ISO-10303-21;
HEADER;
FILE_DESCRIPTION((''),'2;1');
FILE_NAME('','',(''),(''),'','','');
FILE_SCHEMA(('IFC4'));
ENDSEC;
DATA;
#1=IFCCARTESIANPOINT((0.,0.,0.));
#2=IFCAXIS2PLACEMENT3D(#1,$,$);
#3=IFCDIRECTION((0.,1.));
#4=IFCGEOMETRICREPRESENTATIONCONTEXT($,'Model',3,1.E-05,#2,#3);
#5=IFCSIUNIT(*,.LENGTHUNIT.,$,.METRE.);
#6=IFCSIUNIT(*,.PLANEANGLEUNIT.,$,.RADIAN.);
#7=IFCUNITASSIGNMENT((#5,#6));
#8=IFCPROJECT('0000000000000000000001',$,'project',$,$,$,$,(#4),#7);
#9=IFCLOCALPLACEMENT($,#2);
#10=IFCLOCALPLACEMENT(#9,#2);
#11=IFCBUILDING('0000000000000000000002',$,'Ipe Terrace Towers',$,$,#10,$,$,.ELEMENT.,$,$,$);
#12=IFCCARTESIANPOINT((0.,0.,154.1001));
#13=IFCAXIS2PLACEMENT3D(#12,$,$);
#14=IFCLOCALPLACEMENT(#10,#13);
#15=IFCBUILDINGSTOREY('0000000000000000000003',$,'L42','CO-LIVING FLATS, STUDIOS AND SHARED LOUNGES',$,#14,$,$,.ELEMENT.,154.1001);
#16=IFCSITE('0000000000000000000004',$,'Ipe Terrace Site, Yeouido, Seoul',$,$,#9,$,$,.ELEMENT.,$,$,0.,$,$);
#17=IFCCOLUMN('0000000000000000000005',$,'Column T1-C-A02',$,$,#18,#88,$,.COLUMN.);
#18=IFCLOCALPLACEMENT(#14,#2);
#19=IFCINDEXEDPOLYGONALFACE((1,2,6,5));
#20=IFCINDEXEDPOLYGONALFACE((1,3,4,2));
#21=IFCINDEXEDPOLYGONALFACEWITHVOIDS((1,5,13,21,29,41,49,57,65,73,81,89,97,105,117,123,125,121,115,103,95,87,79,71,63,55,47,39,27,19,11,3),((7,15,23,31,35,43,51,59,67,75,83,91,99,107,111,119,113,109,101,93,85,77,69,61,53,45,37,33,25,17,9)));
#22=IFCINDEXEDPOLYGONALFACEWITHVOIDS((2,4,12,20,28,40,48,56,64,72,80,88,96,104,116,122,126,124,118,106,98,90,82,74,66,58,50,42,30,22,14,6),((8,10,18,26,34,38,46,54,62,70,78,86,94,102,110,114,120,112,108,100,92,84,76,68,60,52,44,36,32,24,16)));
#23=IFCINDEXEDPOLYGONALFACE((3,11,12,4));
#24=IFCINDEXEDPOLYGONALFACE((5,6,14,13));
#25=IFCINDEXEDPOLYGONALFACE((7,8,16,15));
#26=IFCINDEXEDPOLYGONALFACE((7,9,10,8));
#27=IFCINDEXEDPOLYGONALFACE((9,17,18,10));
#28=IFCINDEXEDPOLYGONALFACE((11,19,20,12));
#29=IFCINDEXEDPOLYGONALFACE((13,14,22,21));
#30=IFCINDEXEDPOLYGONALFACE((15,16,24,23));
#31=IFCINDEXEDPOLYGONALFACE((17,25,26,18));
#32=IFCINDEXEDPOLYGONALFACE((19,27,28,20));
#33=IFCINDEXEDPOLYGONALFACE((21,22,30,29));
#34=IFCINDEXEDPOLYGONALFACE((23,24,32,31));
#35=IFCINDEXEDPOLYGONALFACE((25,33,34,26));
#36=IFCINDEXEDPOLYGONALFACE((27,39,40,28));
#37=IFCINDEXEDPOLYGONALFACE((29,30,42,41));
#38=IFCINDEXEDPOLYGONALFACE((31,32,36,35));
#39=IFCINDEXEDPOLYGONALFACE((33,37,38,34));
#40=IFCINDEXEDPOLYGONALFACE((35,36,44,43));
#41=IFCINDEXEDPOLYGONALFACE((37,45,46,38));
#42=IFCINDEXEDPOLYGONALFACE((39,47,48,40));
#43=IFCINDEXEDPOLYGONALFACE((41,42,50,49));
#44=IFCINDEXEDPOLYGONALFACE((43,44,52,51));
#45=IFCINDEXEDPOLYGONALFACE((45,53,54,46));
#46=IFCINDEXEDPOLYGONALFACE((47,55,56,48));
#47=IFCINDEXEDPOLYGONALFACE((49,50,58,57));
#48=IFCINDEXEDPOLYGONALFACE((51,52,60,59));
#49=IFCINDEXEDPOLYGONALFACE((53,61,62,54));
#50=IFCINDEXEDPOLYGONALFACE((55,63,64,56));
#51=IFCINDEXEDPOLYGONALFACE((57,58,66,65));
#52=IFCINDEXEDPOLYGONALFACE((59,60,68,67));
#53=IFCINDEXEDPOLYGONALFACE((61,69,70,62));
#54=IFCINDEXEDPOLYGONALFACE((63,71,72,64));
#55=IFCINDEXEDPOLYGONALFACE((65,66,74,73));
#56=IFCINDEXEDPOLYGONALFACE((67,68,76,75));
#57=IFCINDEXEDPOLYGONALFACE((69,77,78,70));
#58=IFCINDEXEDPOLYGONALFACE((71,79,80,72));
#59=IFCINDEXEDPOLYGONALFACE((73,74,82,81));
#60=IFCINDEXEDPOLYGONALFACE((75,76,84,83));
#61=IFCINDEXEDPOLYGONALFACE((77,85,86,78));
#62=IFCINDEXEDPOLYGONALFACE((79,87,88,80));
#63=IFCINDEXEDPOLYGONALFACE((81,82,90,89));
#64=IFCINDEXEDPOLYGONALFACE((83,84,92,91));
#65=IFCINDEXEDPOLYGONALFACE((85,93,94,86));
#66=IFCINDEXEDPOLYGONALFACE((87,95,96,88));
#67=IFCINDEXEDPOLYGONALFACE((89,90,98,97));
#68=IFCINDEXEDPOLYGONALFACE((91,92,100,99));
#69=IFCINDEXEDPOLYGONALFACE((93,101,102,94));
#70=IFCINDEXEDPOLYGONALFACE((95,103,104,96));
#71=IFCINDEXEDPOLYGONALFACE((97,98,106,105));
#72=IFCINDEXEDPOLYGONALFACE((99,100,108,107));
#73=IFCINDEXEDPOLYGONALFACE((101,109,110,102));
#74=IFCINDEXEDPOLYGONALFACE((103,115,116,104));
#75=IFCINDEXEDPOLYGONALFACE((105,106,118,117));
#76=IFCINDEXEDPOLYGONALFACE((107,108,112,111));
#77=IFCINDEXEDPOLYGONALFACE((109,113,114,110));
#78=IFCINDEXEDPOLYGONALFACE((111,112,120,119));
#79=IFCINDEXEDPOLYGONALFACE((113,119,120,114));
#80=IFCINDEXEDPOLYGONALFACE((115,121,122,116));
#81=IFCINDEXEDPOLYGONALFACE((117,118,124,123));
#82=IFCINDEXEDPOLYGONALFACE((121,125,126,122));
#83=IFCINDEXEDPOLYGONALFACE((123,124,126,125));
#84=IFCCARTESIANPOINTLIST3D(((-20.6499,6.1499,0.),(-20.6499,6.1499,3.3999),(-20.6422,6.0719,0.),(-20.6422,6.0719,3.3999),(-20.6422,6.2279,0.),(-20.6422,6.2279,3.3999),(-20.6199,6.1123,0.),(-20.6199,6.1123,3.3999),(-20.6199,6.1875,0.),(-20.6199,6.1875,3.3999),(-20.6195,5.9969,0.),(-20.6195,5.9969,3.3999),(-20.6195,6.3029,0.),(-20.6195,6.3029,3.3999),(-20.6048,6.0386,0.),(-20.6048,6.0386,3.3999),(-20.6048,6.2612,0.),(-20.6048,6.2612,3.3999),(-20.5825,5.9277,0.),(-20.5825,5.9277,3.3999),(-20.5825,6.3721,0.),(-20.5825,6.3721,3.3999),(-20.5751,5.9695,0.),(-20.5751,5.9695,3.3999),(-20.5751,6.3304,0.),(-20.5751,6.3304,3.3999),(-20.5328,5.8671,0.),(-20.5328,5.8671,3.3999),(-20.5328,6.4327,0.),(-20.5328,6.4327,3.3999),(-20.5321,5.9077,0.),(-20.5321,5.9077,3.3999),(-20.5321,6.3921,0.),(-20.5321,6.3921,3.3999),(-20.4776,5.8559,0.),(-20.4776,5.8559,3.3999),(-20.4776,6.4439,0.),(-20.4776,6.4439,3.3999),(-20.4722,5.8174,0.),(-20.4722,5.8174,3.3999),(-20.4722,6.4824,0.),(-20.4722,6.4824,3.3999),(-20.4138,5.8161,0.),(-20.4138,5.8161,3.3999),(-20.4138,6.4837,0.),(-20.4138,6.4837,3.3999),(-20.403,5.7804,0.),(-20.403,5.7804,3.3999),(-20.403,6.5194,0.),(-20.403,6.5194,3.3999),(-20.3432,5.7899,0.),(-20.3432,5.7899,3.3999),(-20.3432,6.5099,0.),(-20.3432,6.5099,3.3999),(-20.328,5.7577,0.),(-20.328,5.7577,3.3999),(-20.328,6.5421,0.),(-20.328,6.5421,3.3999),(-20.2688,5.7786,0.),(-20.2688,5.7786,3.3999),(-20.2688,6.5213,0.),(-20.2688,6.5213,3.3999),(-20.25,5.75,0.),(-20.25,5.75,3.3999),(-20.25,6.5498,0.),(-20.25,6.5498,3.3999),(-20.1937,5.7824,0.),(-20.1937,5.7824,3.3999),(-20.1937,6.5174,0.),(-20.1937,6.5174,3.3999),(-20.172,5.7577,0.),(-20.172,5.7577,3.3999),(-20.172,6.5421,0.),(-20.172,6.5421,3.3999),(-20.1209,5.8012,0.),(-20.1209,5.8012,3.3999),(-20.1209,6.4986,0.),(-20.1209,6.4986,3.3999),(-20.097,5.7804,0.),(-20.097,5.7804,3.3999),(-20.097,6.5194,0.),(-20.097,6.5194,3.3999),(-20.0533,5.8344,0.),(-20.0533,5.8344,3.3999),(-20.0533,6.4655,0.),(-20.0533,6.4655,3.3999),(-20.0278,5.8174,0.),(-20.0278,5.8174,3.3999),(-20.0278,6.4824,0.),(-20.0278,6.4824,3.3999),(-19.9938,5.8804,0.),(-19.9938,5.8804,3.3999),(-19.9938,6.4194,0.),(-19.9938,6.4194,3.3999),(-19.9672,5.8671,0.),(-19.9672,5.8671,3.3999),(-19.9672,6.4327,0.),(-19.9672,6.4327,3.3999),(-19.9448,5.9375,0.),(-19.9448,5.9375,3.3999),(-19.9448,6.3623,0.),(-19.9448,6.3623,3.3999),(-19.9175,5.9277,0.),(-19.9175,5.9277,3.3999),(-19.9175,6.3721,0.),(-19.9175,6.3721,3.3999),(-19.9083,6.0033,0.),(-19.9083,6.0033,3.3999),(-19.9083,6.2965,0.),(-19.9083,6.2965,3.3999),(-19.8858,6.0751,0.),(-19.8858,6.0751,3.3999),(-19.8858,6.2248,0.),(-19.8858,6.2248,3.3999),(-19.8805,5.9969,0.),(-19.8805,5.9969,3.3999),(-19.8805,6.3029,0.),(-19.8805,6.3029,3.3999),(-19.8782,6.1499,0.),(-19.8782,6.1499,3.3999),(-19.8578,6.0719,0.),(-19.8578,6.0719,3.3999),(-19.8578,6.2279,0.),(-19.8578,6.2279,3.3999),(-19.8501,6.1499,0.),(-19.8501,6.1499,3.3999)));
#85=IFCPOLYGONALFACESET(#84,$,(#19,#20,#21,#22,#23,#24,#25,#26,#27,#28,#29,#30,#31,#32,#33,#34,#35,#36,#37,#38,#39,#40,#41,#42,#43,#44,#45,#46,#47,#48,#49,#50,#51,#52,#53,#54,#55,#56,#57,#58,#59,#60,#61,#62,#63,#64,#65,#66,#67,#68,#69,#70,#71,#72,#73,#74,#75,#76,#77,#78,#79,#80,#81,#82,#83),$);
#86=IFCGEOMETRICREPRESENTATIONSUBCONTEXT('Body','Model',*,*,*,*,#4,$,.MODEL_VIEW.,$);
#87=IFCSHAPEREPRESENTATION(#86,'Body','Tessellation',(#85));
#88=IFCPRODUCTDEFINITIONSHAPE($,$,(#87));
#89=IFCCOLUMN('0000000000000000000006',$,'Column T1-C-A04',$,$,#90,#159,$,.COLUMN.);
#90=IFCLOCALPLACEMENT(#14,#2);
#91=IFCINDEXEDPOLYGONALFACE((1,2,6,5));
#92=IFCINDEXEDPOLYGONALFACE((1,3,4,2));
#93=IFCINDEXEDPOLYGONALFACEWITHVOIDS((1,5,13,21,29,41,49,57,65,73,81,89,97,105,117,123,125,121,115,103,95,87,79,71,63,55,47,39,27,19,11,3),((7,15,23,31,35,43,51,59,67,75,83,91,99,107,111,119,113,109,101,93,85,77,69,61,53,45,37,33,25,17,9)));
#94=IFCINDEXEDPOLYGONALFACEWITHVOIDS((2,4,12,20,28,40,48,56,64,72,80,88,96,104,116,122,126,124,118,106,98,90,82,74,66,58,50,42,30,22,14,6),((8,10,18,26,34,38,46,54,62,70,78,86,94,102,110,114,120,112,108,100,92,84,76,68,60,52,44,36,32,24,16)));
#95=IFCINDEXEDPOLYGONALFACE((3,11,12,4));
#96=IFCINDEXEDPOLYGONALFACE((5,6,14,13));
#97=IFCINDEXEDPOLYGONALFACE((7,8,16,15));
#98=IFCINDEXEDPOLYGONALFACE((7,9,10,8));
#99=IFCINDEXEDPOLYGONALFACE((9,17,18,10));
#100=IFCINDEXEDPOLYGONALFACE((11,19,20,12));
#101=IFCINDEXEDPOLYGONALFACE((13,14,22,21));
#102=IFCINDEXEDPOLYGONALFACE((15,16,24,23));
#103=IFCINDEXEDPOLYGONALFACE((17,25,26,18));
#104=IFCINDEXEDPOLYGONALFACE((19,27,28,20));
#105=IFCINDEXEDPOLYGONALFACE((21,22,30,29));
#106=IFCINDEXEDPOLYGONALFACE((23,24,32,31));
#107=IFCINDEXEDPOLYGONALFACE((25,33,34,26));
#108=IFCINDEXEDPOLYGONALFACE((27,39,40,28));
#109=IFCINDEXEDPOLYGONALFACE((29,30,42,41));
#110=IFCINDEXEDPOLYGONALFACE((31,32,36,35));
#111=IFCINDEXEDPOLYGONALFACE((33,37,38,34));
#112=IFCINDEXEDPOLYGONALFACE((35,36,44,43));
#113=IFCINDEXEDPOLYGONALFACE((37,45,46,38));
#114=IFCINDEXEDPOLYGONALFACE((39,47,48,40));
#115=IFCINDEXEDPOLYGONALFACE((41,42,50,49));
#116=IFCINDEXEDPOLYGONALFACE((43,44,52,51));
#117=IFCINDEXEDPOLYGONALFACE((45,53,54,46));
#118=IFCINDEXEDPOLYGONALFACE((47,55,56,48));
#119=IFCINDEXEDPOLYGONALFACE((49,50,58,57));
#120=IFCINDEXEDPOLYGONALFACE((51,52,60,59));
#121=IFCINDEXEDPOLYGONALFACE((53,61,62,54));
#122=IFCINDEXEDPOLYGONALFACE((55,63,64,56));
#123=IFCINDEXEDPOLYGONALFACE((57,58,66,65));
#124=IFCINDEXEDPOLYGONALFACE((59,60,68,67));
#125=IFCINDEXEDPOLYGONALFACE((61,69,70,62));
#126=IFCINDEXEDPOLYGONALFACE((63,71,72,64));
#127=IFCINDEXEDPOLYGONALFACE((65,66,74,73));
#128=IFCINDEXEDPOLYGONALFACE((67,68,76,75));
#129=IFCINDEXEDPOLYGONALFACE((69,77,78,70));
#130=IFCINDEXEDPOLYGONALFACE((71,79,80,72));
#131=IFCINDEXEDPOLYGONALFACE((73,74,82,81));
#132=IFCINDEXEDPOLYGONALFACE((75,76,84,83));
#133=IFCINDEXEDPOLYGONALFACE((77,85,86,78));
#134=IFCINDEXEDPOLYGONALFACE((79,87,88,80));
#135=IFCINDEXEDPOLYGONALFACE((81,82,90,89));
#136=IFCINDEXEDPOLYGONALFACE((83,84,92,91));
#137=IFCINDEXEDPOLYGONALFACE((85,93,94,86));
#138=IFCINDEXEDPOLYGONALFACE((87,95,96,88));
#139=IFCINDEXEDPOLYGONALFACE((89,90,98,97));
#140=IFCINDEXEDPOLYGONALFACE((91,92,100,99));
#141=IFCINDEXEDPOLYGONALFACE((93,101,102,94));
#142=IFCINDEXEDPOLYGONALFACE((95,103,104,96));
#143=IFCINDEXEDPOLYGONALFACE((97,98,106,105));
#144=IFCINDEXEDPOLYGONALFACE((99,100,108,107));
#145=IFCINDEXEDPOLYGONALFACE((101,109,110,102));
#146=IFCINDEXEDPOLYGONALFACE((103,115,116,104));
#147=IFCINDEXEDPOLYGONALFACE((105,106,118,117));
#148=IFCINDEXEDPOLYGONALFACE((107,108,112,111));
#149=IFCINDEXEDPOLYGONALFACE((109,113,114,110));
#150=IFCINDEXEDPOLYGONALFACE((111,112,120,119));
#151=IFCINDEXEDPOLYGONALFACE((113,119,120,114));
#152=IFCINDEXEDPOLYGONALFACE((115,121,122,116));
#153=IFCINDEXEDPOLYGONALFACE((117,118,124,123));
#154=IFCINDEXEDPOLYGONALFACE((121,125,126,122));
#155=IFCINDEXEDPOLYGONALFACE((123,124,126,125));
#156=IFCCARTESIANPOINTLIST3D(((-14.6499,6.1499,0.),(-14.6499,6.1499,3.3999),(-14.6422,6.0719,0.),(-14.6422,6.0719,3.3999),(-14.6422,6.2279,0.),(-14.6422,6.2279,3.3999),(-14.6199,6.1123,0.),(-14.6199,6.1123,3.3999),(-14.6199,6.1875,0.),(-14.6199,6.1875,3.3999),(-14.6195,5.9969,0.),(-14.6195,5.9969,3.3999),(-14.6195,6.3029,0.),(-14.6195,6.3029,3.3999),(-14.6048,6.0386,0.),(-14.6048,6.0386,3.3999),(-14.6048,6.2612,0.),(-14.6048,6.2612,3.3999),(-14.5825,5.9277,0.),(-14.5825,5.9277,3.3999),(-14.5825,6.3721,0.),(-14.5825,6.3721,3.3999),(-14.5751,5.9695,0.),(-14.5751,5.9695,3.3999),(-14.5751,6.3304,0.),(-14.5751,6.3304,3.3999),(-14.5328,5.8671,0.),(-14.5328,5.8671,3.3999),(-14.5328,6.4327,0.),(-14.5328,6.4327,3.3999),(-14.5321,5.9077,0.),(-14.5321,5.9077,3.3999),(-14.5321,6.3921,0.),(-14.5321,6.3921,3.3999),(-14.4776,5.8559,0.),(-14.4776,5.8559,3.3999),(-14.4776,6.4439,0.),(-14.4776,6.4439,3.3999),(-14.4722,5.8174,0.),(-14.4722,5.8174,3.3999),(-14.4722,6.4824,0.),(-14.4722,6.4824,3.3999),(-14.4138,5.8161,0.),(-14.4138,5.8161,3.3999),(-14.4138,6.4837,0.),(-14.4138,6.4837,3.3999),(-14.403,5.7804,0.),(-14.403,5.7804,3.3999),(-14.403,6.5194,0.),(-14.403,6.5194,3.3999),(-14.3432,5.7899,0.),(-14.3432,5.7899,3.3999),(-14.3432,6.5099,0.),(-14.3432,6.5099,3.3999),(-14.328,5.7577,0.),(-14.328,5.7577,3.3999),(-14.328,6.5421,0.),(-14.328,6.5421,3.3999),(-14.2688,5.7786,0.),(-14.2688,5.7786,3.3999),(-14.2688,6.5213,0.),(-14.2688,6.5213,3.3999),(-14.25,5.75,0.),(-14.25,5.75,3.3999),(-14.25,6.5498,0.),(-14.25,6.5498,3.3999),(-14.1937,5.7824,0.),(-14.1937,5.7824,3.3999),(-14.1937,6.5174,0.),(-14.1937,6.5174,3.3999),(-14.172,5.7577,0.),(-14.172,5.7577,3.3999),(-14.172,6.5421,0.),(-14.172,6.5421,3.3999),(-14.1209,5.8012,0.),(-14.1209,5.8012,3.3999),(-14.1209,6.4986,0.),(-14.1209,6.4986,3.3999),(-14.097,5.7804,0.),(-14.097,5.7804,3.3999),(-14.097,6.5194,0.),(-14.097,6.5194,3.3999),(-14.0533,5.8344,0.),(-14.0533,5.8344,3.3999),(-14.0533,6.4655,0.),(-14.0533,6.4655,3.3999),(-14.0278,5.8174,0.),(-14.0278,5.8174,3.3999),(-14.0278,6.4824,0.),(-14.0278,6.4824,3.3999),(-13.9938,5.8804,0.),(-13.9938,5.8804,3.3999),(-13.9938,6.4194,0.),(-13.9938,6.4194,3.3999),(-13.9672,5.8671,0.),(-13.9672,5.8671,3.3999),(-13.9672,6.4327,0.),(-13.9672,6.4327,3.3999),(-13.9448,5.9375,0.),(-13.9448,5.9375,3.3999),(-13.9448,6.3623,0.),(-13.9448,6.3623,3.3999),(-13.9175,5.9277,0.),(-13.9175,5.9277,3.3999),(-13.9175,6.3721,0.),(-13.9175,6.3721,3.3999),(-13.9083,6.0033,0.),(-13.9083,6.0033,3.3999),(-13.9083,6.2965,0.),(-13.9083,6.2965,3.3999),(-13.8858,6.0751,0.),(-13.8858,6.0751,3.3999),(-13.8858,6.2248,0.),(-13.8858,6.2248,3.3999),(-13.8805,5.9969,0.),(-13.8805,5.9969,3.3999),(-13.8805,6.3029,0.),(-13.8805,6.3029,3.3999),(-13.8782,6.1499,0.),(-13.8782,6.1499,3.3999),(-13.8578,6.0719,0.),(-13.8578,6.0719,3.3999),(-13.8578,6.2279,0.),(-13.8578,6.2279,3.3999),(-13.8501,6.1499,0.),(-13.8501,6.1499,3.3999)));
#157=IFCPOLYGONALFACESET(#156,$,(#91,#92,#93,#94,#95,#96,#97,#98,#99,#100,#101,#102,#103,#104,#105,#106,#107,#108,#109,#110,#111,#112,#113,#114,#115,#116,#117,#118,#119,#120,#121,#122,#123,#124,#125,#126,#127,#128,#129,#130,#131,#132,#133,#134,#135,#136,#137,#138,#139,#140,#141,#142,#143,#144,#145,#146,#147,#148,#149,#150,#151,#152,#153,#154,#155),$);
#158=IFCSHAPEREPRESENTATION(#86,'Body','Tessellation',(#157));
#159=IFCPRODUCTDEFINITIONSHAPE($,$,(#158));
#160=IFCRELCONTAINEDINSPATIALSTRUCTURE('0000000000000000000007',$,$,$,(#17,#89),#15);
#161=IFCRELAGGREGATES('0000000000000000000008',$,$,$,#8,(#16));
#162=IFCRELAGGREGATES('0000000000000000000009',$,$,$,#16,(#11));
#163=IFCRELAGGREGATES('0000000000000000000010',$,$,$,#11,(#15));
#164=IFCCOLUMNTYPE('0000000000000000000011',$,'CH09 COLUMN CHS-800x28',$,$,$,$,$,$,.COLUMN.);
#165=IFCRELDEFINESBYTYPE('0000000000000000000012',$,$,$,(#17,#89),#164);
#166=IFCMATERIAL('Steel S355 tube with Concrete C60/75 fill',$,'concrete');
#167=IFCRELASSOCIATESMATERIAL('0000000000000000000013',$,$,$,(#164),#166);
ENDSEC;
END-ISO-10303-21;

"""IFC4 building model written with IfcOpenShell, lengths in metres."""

from ifc_helpers import new_model, si_unit, direction, frame, origin, origin_2d, place, context, subcontext, project, spatial, hollow_circle, extrude, material, material_profile, profile_set, type_object, element, save


model = new_model("IFC4")

# Units and contexts
model_context = context("Model", 3, precision=1e-05, world=origin(), true_north=direction((0.0, 1.0)))
body_context = subcontext(model_context, "Body", "Model", "MODEL_VIEW")
ifc_project = project(units=[si_unit("LENGTHUNIT", "METRE"), si_unit("PLANEANGLEUNIT", "RADIAN")], contexts=[model_context])

# Site, building, storey
site_placement = place(None, origin())
site = spatial("IfcSite", under=ifc_project, at=site_placement, Name="Ipe Terrace Site, Yeouido, Seoul", CompositionType="ELEMENT", RefElevation=0.0)
building_placement = place(site_placement, origin())
building = spatial("IfcBuilding", under=site, at=building_placement, Name="Ipe Terrace Towers", CompositionType="ELEMENT")
storey_placement = place(building_placement, frame((0.0, 0.0, 154.1001)))
storey = spatial("IfcBuildingStorey", under=building, at=storey_placement, Name="L42", Description="CO-LIVING FLATS, STUDIOS AND SHARED LOUNGES", CompositionType="ELEMENT", Elevation=154.1001)

# Columns
ifc_material_1 = material(Name="Steel S355 tube with Concrete C60/75 fill", Category="concrete")
ifc_material_profile_1 = material_profile(ifc_material_1, hollow_circle(Radius=0.3999, WallThickness=0.0281, at=origin_2d()), Name="CHS-800x28")
ifc_profile_set_1 = profile_set([ifc_material_profile_1], Name="Steel S355 tube with Concrete C60/75 fill")
column_type = type_object("IfcColumnType", Name="CH09 COLUMN CHS-800x28", PredefinedType="COLUMN", material=ifc_profile_set_1)
for number, where, z_axis, x_axis, name in (
    (1, (-20.25, 6.1499, 0.0), (0.0, 0.0, 1.0), (1.0, 0.0, 0.0), "Column T1-C-A02"),
    (2, (-14.25, 6.1499, 0.0), (0.0, 0.0, 1.0), (1.0, 0.0, 0.0), "Column T1-C-A04"),
):
    element("IfcColumn", number, at=place(storey_placement, frame(where, z_axis=z_axis, x_axis=x_axis)), inside=storey, type_object=column_type, Name=name, PredefinedType="COLUMN", context=body_context, shape_type="SweptSolid", body=[
        extrude(hollow_circle(Radius=0.3999, WallThickness=0.0281, at=origin_2d()), origin(), (0.0, 0.0, 1.0), 3.3999),
    ])

save(model, "model.ifc")
